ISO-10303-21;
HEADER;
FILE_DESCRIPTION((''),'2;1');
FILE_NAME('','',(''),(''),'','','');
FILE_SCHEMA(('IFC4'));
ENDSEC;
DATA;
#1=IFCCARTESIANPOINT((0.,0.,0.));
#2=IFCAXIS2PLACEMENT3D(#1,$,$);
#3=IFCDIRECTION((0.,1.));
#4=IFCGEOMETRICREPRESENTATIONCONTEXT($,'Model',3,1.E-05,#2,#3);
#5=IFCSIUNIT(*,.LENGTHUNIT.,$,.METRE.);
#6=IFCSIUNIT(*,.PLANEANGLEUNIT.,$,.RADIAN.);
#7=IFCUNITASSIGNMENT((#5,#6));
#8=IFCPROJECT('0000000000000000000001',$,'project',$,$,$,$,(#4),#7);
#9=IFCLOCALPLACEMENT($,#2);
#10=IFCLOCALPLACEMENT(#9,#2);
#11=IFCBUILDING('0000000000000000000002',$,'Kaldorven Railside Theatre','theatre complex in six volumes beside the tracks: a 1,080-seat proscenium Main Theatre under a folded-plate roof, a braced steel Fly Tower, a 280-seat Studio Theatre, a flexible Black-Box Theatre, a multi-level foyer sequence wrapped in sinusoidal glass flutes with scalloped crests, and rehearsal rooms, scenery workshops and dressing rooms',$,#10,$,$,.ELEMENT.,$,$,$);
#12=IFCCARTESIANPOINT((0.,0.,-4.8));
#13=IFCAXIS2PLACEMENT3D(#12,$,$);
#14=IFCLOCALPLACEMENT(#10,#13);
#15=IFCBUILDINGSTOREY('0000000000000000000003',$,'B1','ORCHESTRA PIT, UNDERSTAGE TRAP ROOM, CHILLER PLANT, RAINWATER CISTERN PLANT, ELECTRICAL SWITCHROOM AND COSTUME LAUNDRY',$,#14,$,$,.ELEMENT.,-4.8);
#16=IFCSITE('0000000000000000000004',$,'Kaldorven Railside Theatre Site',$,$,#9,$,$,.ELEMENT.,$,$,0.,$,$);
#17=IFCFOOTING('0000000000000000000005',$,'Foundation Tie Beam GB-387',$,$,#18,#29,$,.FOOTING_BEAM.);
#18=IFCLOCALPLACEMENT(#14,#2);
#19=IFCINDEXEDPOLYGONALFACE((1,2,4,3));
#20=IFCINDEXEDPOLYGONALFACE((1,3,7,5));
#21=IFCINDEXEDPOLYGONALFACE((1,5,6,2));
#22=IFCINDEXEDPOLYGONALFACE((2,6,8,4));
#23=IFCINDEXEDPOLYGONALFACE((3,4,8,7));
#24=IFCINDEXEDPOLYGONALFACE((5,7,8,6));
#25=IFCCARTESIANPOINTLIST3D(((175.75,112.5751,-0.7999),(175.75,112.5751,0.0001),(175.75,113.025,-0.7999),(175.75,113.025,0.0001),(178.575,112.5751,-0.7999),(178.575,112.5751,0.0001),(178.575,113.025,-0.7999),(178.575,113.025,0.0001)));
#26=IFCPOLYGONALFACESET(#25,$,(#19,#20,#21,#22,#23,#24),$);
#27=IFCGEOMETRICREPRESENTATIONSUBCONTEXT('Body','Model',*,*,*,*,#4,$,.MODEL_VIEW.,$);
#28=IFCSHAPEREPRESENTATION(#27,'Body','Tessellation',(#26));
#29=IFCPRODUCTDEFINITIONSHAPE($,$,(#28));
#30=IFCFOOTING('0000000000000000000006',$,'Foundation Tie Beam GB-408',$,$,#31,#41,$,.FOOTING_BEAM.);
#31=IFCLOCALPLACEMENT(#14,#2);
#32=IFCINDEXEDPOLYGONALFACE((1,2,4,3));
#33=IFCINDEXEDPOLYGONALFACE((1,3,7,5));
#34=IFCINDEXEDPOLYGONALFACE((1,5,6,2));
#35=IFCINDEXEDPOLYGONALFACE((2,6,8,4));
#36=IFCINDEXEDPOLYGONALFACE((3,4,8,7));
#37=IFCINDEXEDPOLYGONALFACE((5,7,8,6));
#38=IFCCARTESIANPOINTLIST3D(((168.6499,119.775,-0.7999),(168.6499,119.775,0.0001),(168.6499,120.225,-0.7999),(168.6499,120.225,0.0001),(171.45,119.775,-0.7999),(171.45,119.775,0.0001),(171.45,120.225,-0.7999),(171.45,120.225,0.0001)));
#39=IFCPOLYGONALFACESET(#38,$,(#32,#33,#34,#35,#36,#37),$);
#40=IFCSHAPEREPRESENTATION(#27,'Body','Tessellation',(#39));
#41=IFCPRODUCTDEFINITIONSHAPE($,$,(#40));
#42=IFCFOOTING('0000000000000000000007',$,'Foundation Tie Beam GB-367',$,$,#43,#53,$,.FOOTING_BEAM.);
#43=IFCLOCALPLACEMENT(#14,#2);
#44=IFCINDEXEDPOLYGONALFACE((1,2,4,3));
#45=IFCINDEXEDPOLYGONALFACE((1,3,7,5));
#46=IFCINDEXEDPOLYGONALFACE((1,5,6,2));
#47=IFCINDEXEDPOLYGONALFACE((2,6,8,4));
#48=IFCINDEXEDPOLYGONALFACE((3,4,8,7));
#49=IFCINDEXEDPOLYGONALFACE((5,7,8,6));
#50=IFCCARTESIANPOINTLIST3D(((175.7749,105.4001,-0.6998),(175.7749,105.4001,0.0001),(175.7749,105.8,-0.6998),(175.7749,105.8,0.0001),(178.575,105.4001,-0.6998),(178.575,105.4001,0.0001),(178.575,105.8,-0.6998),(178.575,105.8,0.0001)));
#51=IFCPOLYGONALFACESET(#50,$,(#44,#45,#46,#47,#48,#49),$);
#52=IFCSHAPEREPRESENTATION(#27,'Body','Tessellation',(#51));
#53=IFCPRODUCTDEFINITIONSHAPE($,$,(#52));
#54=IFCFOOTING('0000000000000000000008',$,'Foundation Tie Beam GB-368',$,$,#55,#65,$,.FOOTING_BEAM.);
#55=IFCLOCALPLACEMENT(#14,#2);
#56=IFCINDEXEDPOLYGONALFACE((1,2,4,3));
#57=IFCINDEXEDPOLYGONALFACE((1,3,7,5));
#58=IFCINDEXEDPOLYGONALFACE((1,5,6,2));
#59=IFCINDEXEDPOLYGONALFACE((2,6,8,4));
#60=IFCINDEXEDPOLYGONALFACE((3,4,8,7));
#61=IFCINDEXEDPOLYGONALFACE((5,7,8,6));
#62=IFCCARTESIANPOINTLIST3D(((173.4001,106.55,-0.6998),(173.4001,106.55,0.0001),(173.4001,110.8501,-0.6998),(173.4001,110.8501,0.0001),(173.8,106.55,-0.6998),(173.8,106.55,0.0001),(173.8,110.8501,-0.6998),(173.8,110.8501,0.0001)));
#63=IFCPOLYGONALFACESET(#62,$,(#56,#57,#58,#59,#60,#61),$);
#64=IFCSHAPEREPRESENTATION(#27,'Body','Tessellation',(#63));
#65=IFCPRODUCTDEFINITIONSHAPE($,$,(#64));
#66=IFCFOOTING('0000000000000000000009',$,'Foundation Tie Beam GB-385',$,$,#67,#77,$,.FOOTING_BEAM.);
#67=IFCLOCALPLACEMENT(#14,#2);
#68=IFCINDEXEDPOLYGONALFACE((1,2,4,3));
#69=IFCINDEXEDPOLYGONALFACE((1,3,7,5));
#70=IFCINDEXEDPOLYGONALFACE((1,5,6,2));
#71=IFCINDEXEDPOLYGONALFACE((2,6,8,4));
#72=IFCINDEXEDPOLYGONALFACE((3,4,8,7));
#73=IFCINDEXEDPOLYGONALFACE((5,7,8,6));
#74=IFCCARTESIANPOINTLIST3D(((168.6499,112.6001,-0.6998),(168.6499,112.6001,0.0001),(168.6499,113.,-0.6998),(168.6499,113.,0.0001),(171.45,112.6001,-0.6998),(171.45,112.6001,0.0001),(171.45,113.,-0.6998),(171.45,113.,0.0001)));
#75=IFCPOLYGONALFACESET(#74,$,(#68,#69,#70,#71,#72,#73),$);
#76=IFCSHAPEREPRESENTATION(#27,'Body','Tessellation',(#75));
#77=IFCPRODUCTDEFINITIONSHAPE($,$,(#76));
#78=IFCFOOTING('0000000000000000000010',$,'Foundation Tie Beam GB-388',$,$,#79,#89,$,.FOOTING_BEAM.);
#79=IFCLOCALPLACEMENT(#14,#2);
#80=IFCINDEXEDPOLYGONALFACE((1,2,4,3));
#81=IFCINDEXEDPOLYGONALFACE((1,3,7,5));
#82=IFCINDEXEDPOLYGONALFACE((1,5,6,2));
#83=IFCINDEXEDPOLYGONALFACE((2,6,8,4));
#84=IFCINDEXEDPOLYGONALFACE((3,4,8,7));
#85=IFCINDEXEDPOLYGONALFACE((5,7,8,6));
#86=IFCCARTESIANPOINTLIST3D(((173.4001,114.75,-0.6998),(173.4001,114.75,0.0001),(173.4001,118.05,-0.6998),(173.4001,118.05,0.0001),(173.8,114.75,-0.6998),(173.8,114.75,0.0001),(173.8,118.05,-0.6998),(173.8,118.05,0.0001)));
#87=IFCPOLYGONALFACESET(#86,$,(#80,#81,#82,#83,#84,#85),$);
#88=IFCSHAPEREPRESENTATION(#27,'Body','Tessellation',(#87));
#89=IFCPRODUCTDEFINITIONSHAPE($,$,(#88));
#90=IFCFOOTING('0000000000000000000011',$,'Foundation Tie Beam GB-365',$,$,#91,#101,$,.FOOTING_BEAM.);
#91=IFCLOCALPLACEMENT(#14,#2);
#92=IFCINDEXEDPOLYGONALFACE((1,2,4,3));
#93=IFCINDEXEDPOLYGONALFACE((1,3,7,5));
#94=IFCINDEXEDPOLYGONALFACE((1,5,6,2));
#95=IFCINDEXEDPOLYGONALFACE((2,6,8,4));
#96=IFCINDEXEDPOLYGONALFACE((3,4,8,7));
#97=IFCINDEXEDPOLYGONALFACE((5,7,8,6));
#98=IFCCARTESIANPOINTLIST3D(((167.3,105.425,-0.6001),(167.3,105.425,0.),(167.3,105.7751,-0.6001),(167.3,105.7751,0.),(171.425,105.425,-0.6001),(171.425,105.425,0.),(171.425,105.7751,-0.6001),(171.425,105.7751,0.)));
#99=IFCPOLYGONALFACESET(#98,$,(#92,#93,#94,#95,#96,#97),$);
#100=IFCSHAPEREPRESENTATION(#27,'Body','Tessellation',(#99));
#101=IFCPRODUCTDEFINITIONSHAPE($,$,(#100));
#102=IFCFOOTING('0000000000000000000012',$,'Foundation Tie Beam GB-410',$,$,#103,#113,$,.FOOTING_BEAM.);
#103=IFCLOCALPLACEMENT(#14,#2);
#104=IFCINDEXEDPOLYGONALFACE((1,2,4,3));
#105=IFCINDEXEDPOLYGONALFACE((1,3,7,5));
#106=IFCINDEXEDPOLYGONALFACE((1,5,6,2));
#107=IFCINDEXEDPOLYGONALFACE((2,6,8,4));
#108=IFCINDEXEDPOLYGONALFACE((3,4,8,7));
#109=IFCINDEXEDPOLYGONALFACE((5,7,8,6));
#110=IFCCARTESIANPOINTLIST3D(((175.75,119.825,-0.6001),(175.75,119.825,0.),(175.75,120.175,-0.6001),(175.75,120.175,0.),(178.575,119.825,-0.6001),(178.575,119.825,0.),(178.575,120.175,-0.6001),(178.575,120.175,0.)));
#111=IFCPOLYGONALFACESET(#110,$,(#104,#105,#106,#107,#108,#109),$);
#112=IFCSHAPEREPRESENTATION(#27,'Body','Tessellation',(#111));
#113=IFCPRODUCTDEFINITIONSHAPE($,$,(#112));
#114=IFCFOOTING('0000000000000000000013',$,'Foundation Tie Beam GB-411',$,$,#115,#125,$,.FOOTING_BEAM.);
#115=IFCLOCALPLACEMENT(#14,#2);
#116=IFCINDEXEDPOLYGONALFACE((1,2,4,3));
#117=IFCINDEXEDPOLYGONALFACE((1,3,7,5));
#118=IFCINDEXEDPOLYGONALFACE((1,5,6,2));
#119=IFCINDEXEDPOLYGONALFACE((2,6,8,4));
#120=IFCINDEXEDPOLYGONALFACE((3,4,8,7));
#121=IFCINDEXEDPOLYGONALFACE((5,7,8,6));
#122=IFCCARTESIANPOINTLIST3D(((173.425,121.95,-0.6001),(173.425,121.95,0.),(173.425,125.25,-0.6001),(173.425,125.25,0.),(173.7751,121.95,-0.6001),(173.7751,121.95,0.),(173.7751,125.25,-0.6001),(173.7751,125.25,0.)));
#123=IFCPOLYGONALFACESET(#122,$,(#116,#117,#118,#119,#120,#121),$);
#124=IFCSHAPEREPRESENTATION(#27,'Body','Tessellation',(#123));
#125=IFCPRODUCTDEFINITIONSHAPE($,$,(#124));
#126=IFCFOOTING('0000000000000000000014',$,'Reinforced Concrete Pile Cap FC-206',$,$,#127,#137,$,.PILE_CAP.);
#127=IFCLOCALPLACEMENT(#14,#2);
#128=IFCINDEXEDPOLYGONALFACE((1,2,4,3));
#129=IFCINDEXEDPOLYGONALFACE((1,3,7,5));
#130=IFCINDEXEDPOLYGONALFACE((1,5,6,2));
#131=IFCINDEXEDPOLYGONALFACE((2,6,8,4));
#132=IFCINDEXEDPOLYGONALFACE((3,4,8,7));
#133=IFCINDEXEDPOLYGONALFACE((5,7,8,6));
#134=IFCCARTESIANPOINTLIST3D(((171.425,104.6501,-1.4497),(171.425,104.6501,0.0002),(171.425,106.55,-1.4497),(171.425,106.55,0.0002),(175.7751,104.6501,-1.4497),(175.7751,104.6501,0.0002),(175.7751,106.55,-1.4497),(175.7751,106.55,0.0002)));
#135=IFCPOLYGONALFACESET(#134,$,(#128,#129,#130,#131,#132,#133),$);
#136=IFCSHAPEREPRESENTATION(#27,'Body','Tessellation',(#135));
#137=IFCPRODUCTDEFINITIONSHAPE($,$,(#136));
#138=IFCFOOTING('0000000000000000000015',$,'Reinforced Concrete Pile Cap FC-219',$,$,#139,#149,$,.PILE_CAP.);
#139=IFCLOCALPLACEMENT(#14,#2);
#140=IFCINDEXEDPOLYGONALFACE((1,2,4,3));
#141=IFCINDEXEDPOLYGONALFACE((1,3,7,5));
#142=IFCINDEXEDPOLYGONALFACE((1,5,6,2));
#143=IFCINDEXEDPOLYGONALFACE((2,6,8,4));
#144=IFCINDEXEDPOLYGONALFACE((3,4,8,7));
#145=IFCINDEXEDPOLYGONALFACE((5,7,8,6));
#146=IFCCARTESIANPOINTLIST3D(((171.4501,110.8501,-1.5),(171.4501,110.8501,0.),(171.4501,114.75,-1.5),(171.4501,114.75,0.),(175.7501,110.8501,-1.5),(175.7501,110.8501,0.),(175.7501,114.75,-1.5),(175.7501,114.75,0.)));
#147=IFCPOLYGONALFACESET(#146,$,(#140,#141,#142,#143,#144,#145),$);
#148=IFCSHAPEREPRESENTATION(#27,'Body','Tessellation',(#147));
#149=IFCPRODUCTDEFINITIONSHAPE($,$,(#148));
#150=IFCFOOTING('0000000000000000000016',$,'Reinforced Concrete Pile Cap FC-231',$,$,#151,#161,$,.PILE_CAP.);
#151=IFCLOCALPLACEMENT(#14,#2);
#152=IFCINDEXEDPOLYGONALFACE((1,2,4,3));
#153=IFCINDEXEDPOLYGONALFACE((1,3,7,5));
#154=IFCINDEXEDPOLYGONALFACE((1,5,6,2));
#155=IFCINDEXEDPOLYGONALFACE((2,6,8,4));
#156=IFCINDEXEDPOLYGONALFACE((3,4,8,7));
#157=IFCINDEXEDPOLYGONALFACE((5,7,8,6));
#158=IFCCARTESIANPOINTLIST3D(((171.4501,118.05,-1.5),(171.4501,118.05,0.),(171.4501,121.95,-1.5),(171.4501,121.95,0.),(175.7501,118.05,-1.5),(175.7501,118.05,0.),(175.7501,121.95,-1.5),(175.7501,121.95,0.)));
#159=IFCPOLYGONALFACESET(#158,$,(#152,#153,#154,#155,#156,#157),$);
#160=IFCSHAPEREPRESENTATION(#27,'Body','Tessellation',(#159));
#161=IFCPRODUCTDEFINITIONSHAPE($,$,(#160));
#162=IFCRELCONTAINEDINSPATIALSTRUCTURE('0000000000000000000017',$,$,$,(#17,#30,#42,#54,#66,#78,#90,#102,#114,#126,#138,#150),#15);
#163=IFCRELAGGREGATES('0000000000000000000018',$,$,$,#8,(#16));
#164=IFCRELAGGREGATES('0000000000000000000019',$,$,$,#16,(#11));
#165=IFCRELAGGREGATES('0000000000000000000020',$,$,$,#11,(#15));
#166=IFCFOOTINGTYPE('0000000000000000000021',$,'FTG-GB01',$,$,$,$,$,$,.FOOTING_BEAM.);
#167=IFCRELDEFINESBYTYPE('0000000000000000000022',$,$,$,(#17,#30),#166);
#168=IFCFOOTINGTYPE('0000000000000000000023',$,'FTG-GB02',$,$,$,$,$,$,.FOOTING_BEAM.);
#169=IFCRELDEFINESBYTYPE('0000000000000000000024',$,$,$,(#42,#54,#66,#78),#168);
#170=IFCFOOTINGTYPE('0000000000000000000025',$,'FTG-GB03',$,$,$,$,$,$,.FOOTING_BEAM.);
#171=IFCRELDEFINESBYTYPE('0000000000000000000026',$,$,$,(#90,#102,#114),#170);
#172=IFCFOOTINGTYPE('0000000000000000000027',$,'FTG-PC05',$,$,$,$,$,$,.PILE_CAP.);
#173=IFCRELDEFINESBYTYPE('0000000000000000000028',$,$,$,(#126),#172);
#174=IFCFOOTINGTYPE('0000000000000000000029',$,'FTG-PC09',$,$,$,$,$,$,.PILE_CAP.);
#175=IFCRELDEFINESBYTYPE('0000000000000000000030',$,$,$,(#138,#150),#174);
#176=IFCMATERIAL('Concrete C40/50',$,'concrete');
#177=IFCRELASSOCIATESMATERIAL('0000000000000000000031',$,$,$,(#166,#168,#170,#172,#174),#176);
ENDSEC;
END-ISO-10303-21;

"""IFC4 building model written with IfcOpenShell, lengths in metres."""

from ifc_helpers import new_model, si_unit, direction, frame, origin, origin_2d, place, context, subcontext, project, spatial, rectangle, extrude, material, material_profile, profile_set, type_object, element, save


model = new_model("IFC4")

# Units and contexts
model_context = context("Model", 3, precision=1e-05, world=origin(), true_north=direction((0.0, 1.0)))
body_context = subcontext(model_context, "Body", "Model", "MODEL_VIEW")
ifc_project = project(units=[si_unit("LENGTHUNIT", "METRE"), si_unit("PLANEANGLEUNIT", "RADIAN")], contexts=[model_context])

# Site, building, storey
site_placement = place(None, origin())
site = spatial("IfcSite", under=ifc_project, at=site_placement, Name="Kaldorven Railside Theatre Site", CompositionType="ELEMENT", RefElevation=0.0)
building_placement = place(site_placement, origin())
building = spatial("IfcBuilding", under=site, at=building_placement, Name="Kaldorven Railside Theatre", Description="theatre complex in six volumes beside the tracks: a 1,080-seat proscenium Main Theatre under a folded-plate roof, a braced steel Fly Tower, a 280-seat Studio Theatre, a flexible Black-Box Theatre, a multi-level foyer sequence wrapped in sinusoidal glass flutes with scalloped crests, and rehearsal rooms, scenery workshops and dressing rooms", CompositionType="ELEMENT")
storey_placement = place(building_placement, frame((0.0, 0.0, -4.8)))
storey = spatial("IfcBuildingStorey", under=building, at=storey_placement, Name="B1", Description="ORCHESTRA PIT, UNDERSTAGE TRAP ROOM, CHILLER PLANT, RAINWATER CISTERN PLANT, ELECTRICAL SWITCHROOM AND COSTUME LAUNDRY", CompositionType="ELEMENT", Elevation=-4.8)

# Footings
ifc_material_1 = material(Name="Concrete C40/50", Category="concrete")
ifc_material_profile_1 = material_profile(ifc_material_1, rectangle(XDim=0.45, YDim=0.8, at=origin_2d()), Name="RC 450x800")
ifc_profile_set_1 = profile_set([ifc_material_profile_1], Name="Concrete C40/50")
footing_type_1 = type_object("IfcFootingType", Name="FTG-GB01", PredefinedType="FOOTING_BEAM", material=ifc_profile_set_1)
footing_1_placement = place(storey_placement, frame((175.75, 112.8, -0.3999), z_axis=(1.0, 0.0, 0.0), x_axis=(0.0, 1.0, 0.0)))
element("IfcFooting", 1, at=footing_1_placement, inside=storey, type_object=footing_type_1, Name="Foundation Tie Beam GB-387", PredefinedType="FOOTING_BEAM", context=body_context, shape_type="SweptSolid", body=[
    extrude(rectangle(XDim=0.45, YDim=0.8, at=origin_2d()), origin(), (0.0, 0.0, 1.0), 2.825),
])
footing_2_placement = place(storey_placement, frame((168.6499, 120.0, -0.3999), z_axis=(1.0, 0.0, 0.0), x_axis=(0.0, 1.0, 0.0)))
element("IfcFooting", 2, at=footing_2_placement, inside=storey, type_object=footing_type_1, Name="Foundation Tie Beam GB-408", PredefinedType="FOOTING_BEAM", context=body_context, shape_type="SweptSolid", body=[
    extrude(rectangle(XDim=0.45, YDim=0.8, at=origin_2d()), origin(), (0.0, 0.0, 1.0), 2.8),
])
ifc_material_profile_2 = material_profile(ifc_material_1, rectangle(XDim=0.3999, YDim=0.7, at=origin_2d()), Name="RC 400x700")
ifc_profile_set_2 = profile_set([ifc_material_profile_2], Name="Concrete C40/50")
footing_type_2 = type_object("IfcFootingType", Name="FTG-GB02", PredefinedType="FOOTING_BEAM", material=ifc_profile_set_2)
footing_3_placement = place(storey_placement, frame((175.7749, 105.6001, -0.3499), z_axis=(1.0, 0.0, 0.0), x_axis=(0.0, 1.0, 0.0)))
element("IfcFooting", 3, at=footing_3_placement, inside=storey, type_object=footing_type_2, Name="Foundation Tie Beam GB-367", PredefinedType="FOOTING_BEAM", context=body_context, shape_type="SweptSolid", body=[
    extrude(rectangle(XDim=0.3999, YDim=0.7, at=origin_2d()), origin(), (0.0, 0.0, 1.0), 2.8),
])
footing_4_placement = place(storey_placement, frame((173.6001, 106.55, -0.3499), z_axis=(0.0, 1.0, 0.0), x_axis=(-1.0, 0.0, 0.0)))
element("IfcFooting", 4, at=footing_4_placement, inside=storey, type_object=footing_type_2, Name="Foundation Tie Beam GB-368", PredefinedType="FOOTING_BEAM", context=body_context, shape_type="SweptSolid", body=[
    extrude(rectangle(XDim=0.3999, YDim=0.7, at=origin_2d()), origin(), (0.0, 0.0, 1.0), 4.3),
])
footing_5_placement = place(storey_placement, frame((168.6499, 112.8, -0.3499), z_axis=(1.0, 0.0, 0.0), x_axis=(0.0, 1.0, 0.0)))
element("IfcFooting", 5, at=footing_5_placement, inside=storey, type_object=footing_type_2, Name="Foundation Tie Beam GB-385", PredefinedType="FOOTING_BEAM", context=body_context, shape_type="SweptSolid", body=[
    extrude(rectangle(XDim=0.3999, YDim=0.7, at=origin_2d()), origin(), (0.0, 0.0, 1.0), 2.8),
])
footing_6_placement = place(storey_placement, frame((173.6001, 114.75, -0.3499), z_axis=(0.0, 1.0, 0.0), x_axis=(-1.0, 0.0, 0.0)))
element("IfcFooting", 6, at=footing_6_placement, inside=storey, type_object=footing_type_2, Name="Foundation Tie Beam GB-388", PredefinedType="FOOTING_BEAM", context=body_context, shape_type="SweptSolid", body=[
    extrude(rectangle(XDim=0.3999, YDim=0.7, at=origin_2d()), origin(), (0.0, 0.0, 1.0), 3.3),
])
ifc_material_profile_3 = material_profile(ifc_material_1, rectangle(XDim=0.3501, YDim=0.6001, at=origin_2d()), Name="RC 350x600")
ifc_profile_set_3 = profile_set([ifc_material_profile_3], Name="Concrete C40/50")
footing_type_3 = type_object("IfcFootingType", Name="FTG-GB03", PredefinedType="FOOTING_BEAM", material=ifc_profile_set_3)
footing_7_placement = place(storey_placement, frame((167.3, 105.6001, -0.3), z_axis=(1.0, 0.0, 0.0), x_axis=(0.0, 1.0, 0.0)))
element("IfcFooting", 7, at=footing_7_placement, inside=storey, type_object=footing_type_3, Name="Foundation Tie Beam GB-365", PredefinedType="FOOTING_BEAM", context=body_context, shape_type="SweptSolid", body=[
    extrude(rectangle(XDim=0.3501, YDim=0.6001, at=origin_2d()), origin(), (0.0, 0.0, 1.0), 4.125),
])
footing_8_placement = place(storey_placement, frame((175.75, 120.0, -0.3), z_axis=(1.0, 0.0, 0.0), x_axis=(0.0, 1.0, 0.0)))
element("IfcFooting", 8, at=footing_8_placement, inside=storey, type_object=footing_type_3, Name="Foundation Tie Beam GB-410", PredefinedType="FOOTING_BEAM", context=body_context, shape_type="SweptSolid", body=[
    extrude(rectangle(XDim=0.3501, YDim=0.6001, at=origin_2d()), origin(), (0.0, 0.0, 1.0), 2.825),
])
footing_9_placement = place(storey_placement, frame((173.6001, 121.95, -0.3), z_axis=(0.0, 1.0, 0.0), x_axis=(-1.0, 0.0, 0.0)))
element("IfcFooting", 9, at=footing_9_placement, inside=storey, type_object=footing_type_3, Name="Foundation Tie Beam GB-411", PredefinedType="FOOTING_BEAM", context=body_context, shape_type="SweptSolid", body=[
    extrude(rectangle(XDim=0.3501, YDim=0.6001, at=origin_2d()), origin(), (0.0, 0.0, 1.0), 3.3),
])
footing_type_4 = type_object("IfcFootingType", Name="FTG-PC05", PredefinedType="PILE_CAP", material=ifc_material_1)
footing_10_placement = place(storey_placement, frame((173.6001, 105.6001, -1.4497), z_axis=(0.0, 0.0, 1.0), x_axis=(1.0, 0.0, 0.0)))
element("IfcFooting", 10, at=footing_10_placement, inside=storey, type_object=footing_type_4, Name="Reinforced Concrete Pile Cap FC-206", PredefinedType="PILE_CAP", context=body_context, shape_type="SweptSolid", body=[
    extrude(rectangle(XDim=4.3501, YDim=1.8999, at=origin_2d()), origin(), (0.0, 0.0, 1.0), 1.45),
])
footing_type_5 = type_object("IfcFootingType", Name="FTG-PC09", PredefinedType="PILE_CAP", material=ifc_material_1)
for number, where, z_axis, x_axis, name in (
    (11, (173.6001, 112.8, -1.5), (0.0, 0.0, 1.0), (1.0, 0.0, 0.0), "Reinforced Concrete Pile Cap FC-219"),
    (12, (173.6001, 120.0, -1.5), (0.0, 0.0, 1.0), (1.0, 0.0, 0.0), "Reinforced Concrete Pile Cap FC-231"),
):
    element("IfcFooting", number, at=place(storey_placement, frame(where, z_axis=z_axis, x_axis=x_axis)), inside=storey, type_object=footing_type_5, Name=name, PredefinedType="PILE_CAP", context=body_context, shape_type="SweptSolid", body=[
        extrude(rectangle(XDim=4.3, YDim=3.8999, at=origin_2d()), origin(), (0.0, 0.0, 1.0), 1.5),
    ])

save(model, "model.ifc")
